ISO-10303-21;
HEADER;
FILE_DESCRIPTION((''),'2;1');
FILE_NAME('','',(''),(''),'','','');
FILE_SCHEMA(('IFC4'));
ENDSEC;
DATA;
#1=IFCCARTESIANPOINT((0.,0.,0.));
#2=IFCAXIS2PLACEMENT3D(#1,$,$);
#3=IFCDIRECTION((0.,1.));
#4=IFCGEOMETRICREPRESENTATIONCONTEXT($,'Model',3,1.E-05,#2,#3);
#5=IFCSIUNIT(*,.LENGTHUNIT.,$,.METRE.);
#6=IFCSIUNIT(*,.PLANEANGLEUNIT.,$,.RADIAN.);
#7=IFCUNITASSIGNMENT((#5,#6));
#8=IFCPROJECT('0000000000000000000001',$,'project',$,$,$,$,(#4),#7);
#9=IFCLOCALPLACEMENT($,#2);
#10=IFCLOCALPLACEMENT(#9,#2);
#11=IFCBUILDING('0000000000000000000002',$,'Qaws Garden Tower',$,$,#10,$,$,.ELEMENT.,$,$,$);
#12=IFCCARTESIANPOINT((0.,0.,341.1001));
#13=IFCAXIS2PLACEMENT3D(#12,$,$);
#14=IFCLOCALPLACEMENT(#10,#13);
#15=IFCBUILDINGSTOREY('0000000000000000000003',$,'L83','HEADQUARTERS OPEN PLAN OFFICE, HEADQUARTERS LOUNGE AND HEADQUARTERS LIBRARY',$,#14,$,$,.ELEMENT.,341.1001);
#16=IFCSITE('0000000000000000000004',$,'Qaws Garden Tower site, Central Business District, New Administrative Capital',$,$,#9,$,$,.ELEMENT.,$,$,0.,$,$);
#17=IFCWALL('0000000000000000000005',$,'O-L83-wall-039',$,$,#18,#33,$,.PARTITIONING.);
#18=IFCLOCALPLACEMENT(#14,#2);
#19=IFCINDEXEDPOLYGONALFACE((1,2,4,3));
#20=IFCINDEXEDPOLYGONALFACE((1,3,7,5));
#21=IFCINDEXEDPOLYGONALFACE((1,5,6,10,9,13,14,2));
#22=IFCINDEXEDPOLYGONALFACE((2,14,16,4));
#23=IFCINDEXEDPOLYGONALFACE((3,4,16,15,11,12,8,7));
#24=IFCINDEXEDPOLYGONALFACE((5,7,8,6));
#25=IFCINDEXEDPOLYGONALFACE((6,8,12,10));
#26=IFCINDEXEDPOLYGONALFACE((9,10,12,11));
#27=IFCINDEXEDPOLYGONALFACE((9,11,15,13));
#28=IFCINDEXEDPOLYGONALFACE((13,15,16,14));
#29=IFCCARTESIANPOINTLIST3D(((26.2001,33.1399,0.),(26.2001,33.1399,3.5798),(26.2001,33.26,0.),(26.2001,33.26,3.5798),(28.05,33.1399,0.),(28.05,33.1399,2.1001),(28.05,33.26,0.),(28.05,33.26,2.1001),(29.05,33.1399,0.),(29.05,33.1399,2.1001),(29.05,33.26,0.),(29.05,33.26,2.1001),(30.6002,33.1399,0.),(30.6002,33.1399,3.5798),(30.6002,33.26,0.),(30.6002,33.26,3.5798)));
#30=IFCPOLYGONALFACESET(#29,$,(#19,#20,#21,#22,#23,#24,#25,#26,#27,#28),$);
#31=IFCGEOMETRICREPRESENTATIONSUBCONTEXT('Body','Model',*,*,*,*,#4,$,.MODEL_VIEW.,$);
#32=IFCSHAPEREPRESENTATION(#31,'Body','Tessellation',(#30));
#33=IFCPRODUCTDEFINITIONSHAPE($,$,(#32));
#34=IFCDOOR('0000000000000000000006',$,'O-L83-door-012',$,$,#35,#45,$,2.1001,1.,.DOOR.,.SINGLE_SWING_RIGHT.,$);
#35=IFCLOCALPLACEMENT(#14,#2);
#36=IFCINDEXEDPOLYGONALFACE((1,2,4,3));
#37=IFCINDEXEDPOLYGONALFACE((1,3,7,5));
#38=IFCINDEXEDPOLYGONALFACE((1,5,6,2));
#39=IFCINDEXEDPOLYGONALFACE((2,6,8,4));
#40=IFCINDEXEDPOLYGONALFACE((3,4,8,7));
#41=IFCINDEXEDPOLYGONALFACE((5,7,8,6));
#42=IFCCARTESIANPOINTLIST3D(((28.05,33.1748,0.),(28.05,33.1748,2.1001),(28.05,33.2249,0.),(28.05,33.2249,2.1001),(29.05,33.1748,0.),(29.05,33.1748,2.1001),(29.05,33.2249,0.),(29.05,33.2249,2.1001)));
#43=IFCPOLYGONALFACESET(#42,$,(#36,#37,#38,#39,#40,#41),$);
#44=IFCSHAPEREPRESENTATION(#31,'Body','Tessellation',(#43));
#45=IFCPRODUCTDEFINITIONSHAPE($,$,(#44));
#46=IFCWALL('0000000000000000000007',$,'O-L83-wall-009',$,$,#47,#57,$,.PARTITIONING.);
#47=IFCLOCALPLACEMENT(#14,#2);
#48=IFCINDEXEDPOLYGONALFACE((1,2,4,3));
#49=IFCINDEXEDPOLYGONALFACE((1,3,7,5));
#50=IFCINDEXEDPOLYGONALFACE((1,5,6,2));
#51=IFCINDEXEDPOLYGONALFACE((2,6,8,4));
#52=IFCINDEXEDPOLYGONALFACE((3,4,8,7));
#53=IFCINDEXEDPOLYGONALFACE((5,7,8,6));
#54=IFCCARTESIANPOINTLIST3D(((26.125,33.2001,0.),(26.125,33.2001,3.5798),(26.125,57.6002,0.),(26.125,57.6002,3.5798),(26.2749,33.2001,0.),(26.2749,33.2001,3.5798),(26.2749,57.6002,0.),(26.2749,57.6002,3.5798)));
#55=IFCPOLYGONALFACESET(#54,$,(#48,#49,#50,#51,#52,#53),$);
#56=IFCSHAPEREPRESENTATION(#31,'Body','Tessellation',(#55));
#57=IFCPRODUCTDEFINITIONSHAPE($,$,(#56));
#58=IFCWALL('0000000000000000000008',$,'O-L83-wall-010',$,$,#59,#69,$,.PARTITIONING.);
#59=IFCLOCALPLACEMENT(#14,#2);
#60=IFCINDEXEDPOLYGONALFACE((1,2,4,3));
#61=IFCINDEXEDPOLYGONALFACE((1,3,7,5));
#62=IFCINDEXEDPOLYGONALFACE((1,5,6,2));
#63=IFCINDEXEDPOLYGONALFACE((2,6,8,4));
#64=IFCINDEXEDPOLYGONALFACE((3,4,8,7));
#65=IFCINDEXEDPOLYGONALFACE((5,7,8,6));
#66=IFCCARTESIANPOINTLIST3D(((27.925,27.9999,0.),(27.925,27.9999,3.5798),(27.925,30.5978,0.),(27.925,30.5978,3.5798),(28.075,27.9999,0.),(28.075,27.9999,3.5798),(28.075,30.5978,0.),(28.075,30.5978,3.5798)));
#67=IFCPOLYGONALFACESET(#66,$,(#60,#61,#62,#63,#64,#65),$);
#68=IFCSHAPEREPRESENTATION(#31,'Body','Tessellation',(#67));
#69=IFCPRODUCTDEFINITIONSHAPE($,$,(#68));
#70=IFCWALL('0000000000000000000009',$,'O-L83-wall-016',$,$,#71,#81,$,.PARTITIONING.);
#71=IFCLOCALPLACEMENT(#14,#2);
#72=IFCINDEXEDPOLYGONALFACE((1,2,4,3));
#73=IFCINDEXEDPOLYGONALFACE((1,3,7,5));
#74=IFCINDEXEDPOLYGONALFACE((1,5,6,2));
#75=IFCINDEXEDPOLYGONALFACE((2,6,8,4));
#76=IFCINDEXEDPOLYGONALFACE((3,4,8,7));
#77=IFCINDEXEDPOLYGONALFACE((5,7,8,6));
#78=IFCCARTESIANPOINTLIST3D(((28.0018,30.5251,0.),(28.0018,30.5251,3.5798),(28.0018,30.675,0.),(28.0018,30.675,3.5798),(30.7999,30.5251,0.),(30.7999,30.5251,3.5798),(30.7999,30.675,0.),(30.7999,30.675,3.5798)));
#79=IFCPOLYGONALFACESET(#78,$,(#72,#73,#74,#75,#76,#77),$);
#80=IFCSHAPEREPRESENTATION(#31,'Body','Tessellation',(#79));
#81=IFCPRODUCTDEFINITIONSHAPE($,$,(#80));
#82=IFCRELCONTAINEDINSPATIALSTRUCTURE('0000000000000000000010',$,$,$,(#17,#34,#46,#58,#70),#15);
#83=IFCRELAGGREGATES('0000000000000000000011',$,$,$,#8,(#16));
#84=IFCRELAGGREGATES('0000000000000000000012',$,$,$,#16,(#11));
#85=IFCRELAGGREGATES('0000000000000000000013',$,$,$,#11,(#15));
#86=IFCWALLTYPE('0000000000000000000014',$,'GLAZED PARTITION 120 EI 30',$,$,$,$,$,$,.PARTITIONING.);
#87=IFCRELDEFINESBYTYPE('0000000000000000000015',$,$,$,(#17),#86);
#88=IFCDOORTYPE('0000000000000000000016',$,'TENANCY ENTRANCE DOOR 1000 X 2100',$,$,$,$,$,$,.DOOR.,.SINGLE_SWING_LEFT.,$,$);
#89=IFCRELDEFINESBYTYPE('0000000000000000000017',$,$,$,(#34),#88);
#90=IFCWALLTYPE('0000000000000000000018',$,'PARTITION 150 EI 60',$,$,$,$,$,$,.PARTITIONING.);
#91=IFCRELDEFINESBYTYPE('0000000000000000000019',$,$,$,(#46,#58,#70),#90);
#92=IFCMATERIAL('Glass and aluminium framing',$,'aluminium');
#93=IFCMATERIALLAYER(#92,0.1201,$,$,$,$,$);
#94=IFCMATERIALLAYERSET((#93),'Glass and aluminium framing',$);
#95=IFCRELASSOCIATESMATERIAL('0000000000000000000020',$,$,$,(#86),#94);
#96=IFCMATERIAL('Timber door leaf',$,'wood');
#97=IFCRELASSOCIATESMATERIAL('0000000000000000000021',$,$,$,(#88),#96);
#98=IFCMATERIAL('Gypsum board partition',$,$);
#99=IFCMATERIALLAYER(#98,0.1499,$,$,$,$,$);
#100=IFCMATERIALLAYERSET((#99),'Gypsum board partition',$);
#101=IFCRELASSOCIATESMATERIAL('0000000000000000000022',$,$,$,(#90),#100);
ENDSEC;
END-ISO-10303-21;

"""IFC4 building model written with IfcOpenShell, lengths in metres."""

from ifc_helpers import new_model, si_unit, direction, frame, frame_2d, origin, place, context, subcontext, project, spatial, rectangle, extrude, material, layer, layer_set, type_object, element, fill, save


model = new_model("IFC4")

# Units and contexts
model_context = context("Model", 3, precision=1e-05, world=origin(), true_north=direction((0.0, 1.0)))
body_context = subcontext(model_context, "Body", "Model", "MODEL_VIEW")
ifc_project = project(units=[si_unit("LENGTHUNIT", "METRE"), si_unit("PLANEANGLEUNIT", "RADIAN")], contexts=[model_context])

# Site, building, storey
site_placement = place(None, origin())
site = spatial("IfcSite", under=ifc_project, at=site_placement, Name="Qaws Garden Tower site, Central Business District, New Administrative Capital", CompositionType="ELEMENT", RefElevation=0.0)
building_placement = place(site_placement, origin())
building = spatial("IfcBuilding", under=site, at=building_placement, Name="Qaws Garden Tower", CompositionType="ELEMENT")
storey_placement = place(building_placement, frame((0.0, 0.0, 341.1001)))
storey = spatial("IfcBuildingStorey", under=building, at=storey_placement, Name="L83", Description="HEADQUARTERS OPEN PLAN OFFICE, HEADQUARTERS LOUNGE AND HEADQUARTERS LIBRARY", CompositionType="ELEMENT", Elevation=341.1001)

# Wall, opening, door
ifc_material_1 = material(Name="Glass and aluminium framing", Category="aluminium")
ifc_layer_1 = layer(ifc_material_1, 0.1201)
ifc_layer_set_1 = layer_set([ifc_layer_1], Name="Glass and aluminium framing")
wall_type_1 = type_object("IfcWallType", Name="GLAZED PARTITION 120 EI 30", PredefinedType="PARTITIONING", material=ifc_layer_set_1)
wall_1_placement = place(storey_placement, frame((26.2, 33.2, 0.0), z_axis=(0.0, 0.0, 1.0), x_axis=(1.0, 0.0, 0.0)))
wall_1 = element("IfcWall", 1, at=wall_1_placement, inside=storey, type_object=wall_type_1, Name="O-L83-wall-039", PredefinedType="PARTITIONING", context=body_context, shape_type="SweptSolid", body=[
    extrude(rectangle(XDim=4.4001, YDim=0.1201, at=frame_2d((2.2002, 0.0))), origin(), (0.0, 0.0, 1.0), 3.5798),
])
opening_1_placement = place(wall_1_placement, frame((1.8501, 0.0, 0.0)))
opening_1 = element("IfcOpeningElement", 2, at=opening_1_placement, cuts=wall_1, PredefinedType="OPENING", context=body_context, shape_type="SweptSolid", body=[
    extrude(rectangle(XDim=1.0, YDim=2.1001, at=frame_2d((0.5, 1.05))), frame((0.0, 0.0701, 0.0), z_axis=(0.0, -1.0, 0.0), x_axis=(1.0, 0.0, 0.0)), (0.0, 0.0, 1.0), 0.1401),
])
ifc_material_2 = material(Name="Timber door leaf", Category="wood")
door_type_1 = type_object("IfcDoorType", Name="TENANCY ENTRANCE DOOR 1000 X 2100", OperationType="SINGLE_SWING_LEFT", PredefinedType="DOOR", material=ifc_material_2)
door_1_placement = place(opening_1_placement, origin())
door_1 = element("IfcDoor", 3, at=door_1_placement, inside=storey, type_object=door_type_1, Name="O-L83-door-012", OperationType="SINGLE_SWING_RIGHT", OverallHeight=2.1001, OverallWidth=1.0, PredefinedType="DOOR", context=body_context, shape_type="SweptSolid", body=[
    extrude(rectangle(XDim=1.0, YDim=2.1001, at=frame_2d((0.5, 1.05))), frame((0.0, 0.0249, 0.0), z_axis=(0.0, -1.0, 0.0), x_axis=(1.0, 0.0, 0.0)), (0.0, 0.0, 1.0), 0.05),
])
fill(opening_1, door_1)

# Walls
ifc_material_3 = material(Name="Gypsum board partition")
ifc_layer_2 = layer(ifc_material_3, 0.1499)
ifc_layer_set_2 = layer_set([ifc_layer_2], Name="Gypsum board partition")
wall_type_2 = type_object("IfcWallType", Name="PARTITION 150 EI 60", PredefinedType="PARTITIONING", material=ifc_layer_set_2)
wall_2_placement = place(storey_placement, frame((26.2, 33.2, 0.0), z_axis=(0.0, 0.0, 1.0), x_axis=(0.0, 1.0, 0.0)))
element("IfcWall", 4, at=wall_2_placement, inside=storey, type_object=wall_type_2, Name="O-L83-wall-009", PredefinedType="PARTITIONING", context=body_context, shape_type="SweptSolid", body=[
    extrude(rectangle(XDim=24.4001, YDim=0.1499, at=frame_2d((12.2002, 0.0))), origin(), (0.0, 0.0, 1.0), 3.5798),
])
wall_3_placement = place(storey_placement, frame((28.0, 28.0, 0.0), z_axis=(0.0, 0.0, 1.0), x_axis=(0.0, 1.0, 0.0)))
element("IfcWall", 5, at=wall_3_placement, inside=storey, type_object=wall_type_2, Name="O-L83-wall-010", PredefinedType="PARTITIONING", context=body_context, shape_type="SweptSolid", body=[
    extrude(rectangle(XDim=2.5979, YDim=0.1499, at=frame_2d((1.2988, 0.0))), origin(), (0.0, 0.0, 1.0), 3.5798),
])
wall_4_placement = place(storey_placement, frame((28.002, 30.6001, 0.0), z_axis=(0.0, 0.0, 1.0), x_axis=(1.0, 0.0, 0.0)))
element("IfcWall", 6, at=wall_4_placement, inside=storey, type_object=wall_type_2, Name="O-L83-wall-016", PredefinedType="PARTITIONING", context=body_context, shape_type="SweptSolid", body=[
    extrude(rectangle(XDim=2.7981, YDim=0.1499, at=frame_2d((1.3989, 0.0))), origin(), (0.0, 0.0, 1.0), 3.5798),
])

save(model, "model.ifc")
